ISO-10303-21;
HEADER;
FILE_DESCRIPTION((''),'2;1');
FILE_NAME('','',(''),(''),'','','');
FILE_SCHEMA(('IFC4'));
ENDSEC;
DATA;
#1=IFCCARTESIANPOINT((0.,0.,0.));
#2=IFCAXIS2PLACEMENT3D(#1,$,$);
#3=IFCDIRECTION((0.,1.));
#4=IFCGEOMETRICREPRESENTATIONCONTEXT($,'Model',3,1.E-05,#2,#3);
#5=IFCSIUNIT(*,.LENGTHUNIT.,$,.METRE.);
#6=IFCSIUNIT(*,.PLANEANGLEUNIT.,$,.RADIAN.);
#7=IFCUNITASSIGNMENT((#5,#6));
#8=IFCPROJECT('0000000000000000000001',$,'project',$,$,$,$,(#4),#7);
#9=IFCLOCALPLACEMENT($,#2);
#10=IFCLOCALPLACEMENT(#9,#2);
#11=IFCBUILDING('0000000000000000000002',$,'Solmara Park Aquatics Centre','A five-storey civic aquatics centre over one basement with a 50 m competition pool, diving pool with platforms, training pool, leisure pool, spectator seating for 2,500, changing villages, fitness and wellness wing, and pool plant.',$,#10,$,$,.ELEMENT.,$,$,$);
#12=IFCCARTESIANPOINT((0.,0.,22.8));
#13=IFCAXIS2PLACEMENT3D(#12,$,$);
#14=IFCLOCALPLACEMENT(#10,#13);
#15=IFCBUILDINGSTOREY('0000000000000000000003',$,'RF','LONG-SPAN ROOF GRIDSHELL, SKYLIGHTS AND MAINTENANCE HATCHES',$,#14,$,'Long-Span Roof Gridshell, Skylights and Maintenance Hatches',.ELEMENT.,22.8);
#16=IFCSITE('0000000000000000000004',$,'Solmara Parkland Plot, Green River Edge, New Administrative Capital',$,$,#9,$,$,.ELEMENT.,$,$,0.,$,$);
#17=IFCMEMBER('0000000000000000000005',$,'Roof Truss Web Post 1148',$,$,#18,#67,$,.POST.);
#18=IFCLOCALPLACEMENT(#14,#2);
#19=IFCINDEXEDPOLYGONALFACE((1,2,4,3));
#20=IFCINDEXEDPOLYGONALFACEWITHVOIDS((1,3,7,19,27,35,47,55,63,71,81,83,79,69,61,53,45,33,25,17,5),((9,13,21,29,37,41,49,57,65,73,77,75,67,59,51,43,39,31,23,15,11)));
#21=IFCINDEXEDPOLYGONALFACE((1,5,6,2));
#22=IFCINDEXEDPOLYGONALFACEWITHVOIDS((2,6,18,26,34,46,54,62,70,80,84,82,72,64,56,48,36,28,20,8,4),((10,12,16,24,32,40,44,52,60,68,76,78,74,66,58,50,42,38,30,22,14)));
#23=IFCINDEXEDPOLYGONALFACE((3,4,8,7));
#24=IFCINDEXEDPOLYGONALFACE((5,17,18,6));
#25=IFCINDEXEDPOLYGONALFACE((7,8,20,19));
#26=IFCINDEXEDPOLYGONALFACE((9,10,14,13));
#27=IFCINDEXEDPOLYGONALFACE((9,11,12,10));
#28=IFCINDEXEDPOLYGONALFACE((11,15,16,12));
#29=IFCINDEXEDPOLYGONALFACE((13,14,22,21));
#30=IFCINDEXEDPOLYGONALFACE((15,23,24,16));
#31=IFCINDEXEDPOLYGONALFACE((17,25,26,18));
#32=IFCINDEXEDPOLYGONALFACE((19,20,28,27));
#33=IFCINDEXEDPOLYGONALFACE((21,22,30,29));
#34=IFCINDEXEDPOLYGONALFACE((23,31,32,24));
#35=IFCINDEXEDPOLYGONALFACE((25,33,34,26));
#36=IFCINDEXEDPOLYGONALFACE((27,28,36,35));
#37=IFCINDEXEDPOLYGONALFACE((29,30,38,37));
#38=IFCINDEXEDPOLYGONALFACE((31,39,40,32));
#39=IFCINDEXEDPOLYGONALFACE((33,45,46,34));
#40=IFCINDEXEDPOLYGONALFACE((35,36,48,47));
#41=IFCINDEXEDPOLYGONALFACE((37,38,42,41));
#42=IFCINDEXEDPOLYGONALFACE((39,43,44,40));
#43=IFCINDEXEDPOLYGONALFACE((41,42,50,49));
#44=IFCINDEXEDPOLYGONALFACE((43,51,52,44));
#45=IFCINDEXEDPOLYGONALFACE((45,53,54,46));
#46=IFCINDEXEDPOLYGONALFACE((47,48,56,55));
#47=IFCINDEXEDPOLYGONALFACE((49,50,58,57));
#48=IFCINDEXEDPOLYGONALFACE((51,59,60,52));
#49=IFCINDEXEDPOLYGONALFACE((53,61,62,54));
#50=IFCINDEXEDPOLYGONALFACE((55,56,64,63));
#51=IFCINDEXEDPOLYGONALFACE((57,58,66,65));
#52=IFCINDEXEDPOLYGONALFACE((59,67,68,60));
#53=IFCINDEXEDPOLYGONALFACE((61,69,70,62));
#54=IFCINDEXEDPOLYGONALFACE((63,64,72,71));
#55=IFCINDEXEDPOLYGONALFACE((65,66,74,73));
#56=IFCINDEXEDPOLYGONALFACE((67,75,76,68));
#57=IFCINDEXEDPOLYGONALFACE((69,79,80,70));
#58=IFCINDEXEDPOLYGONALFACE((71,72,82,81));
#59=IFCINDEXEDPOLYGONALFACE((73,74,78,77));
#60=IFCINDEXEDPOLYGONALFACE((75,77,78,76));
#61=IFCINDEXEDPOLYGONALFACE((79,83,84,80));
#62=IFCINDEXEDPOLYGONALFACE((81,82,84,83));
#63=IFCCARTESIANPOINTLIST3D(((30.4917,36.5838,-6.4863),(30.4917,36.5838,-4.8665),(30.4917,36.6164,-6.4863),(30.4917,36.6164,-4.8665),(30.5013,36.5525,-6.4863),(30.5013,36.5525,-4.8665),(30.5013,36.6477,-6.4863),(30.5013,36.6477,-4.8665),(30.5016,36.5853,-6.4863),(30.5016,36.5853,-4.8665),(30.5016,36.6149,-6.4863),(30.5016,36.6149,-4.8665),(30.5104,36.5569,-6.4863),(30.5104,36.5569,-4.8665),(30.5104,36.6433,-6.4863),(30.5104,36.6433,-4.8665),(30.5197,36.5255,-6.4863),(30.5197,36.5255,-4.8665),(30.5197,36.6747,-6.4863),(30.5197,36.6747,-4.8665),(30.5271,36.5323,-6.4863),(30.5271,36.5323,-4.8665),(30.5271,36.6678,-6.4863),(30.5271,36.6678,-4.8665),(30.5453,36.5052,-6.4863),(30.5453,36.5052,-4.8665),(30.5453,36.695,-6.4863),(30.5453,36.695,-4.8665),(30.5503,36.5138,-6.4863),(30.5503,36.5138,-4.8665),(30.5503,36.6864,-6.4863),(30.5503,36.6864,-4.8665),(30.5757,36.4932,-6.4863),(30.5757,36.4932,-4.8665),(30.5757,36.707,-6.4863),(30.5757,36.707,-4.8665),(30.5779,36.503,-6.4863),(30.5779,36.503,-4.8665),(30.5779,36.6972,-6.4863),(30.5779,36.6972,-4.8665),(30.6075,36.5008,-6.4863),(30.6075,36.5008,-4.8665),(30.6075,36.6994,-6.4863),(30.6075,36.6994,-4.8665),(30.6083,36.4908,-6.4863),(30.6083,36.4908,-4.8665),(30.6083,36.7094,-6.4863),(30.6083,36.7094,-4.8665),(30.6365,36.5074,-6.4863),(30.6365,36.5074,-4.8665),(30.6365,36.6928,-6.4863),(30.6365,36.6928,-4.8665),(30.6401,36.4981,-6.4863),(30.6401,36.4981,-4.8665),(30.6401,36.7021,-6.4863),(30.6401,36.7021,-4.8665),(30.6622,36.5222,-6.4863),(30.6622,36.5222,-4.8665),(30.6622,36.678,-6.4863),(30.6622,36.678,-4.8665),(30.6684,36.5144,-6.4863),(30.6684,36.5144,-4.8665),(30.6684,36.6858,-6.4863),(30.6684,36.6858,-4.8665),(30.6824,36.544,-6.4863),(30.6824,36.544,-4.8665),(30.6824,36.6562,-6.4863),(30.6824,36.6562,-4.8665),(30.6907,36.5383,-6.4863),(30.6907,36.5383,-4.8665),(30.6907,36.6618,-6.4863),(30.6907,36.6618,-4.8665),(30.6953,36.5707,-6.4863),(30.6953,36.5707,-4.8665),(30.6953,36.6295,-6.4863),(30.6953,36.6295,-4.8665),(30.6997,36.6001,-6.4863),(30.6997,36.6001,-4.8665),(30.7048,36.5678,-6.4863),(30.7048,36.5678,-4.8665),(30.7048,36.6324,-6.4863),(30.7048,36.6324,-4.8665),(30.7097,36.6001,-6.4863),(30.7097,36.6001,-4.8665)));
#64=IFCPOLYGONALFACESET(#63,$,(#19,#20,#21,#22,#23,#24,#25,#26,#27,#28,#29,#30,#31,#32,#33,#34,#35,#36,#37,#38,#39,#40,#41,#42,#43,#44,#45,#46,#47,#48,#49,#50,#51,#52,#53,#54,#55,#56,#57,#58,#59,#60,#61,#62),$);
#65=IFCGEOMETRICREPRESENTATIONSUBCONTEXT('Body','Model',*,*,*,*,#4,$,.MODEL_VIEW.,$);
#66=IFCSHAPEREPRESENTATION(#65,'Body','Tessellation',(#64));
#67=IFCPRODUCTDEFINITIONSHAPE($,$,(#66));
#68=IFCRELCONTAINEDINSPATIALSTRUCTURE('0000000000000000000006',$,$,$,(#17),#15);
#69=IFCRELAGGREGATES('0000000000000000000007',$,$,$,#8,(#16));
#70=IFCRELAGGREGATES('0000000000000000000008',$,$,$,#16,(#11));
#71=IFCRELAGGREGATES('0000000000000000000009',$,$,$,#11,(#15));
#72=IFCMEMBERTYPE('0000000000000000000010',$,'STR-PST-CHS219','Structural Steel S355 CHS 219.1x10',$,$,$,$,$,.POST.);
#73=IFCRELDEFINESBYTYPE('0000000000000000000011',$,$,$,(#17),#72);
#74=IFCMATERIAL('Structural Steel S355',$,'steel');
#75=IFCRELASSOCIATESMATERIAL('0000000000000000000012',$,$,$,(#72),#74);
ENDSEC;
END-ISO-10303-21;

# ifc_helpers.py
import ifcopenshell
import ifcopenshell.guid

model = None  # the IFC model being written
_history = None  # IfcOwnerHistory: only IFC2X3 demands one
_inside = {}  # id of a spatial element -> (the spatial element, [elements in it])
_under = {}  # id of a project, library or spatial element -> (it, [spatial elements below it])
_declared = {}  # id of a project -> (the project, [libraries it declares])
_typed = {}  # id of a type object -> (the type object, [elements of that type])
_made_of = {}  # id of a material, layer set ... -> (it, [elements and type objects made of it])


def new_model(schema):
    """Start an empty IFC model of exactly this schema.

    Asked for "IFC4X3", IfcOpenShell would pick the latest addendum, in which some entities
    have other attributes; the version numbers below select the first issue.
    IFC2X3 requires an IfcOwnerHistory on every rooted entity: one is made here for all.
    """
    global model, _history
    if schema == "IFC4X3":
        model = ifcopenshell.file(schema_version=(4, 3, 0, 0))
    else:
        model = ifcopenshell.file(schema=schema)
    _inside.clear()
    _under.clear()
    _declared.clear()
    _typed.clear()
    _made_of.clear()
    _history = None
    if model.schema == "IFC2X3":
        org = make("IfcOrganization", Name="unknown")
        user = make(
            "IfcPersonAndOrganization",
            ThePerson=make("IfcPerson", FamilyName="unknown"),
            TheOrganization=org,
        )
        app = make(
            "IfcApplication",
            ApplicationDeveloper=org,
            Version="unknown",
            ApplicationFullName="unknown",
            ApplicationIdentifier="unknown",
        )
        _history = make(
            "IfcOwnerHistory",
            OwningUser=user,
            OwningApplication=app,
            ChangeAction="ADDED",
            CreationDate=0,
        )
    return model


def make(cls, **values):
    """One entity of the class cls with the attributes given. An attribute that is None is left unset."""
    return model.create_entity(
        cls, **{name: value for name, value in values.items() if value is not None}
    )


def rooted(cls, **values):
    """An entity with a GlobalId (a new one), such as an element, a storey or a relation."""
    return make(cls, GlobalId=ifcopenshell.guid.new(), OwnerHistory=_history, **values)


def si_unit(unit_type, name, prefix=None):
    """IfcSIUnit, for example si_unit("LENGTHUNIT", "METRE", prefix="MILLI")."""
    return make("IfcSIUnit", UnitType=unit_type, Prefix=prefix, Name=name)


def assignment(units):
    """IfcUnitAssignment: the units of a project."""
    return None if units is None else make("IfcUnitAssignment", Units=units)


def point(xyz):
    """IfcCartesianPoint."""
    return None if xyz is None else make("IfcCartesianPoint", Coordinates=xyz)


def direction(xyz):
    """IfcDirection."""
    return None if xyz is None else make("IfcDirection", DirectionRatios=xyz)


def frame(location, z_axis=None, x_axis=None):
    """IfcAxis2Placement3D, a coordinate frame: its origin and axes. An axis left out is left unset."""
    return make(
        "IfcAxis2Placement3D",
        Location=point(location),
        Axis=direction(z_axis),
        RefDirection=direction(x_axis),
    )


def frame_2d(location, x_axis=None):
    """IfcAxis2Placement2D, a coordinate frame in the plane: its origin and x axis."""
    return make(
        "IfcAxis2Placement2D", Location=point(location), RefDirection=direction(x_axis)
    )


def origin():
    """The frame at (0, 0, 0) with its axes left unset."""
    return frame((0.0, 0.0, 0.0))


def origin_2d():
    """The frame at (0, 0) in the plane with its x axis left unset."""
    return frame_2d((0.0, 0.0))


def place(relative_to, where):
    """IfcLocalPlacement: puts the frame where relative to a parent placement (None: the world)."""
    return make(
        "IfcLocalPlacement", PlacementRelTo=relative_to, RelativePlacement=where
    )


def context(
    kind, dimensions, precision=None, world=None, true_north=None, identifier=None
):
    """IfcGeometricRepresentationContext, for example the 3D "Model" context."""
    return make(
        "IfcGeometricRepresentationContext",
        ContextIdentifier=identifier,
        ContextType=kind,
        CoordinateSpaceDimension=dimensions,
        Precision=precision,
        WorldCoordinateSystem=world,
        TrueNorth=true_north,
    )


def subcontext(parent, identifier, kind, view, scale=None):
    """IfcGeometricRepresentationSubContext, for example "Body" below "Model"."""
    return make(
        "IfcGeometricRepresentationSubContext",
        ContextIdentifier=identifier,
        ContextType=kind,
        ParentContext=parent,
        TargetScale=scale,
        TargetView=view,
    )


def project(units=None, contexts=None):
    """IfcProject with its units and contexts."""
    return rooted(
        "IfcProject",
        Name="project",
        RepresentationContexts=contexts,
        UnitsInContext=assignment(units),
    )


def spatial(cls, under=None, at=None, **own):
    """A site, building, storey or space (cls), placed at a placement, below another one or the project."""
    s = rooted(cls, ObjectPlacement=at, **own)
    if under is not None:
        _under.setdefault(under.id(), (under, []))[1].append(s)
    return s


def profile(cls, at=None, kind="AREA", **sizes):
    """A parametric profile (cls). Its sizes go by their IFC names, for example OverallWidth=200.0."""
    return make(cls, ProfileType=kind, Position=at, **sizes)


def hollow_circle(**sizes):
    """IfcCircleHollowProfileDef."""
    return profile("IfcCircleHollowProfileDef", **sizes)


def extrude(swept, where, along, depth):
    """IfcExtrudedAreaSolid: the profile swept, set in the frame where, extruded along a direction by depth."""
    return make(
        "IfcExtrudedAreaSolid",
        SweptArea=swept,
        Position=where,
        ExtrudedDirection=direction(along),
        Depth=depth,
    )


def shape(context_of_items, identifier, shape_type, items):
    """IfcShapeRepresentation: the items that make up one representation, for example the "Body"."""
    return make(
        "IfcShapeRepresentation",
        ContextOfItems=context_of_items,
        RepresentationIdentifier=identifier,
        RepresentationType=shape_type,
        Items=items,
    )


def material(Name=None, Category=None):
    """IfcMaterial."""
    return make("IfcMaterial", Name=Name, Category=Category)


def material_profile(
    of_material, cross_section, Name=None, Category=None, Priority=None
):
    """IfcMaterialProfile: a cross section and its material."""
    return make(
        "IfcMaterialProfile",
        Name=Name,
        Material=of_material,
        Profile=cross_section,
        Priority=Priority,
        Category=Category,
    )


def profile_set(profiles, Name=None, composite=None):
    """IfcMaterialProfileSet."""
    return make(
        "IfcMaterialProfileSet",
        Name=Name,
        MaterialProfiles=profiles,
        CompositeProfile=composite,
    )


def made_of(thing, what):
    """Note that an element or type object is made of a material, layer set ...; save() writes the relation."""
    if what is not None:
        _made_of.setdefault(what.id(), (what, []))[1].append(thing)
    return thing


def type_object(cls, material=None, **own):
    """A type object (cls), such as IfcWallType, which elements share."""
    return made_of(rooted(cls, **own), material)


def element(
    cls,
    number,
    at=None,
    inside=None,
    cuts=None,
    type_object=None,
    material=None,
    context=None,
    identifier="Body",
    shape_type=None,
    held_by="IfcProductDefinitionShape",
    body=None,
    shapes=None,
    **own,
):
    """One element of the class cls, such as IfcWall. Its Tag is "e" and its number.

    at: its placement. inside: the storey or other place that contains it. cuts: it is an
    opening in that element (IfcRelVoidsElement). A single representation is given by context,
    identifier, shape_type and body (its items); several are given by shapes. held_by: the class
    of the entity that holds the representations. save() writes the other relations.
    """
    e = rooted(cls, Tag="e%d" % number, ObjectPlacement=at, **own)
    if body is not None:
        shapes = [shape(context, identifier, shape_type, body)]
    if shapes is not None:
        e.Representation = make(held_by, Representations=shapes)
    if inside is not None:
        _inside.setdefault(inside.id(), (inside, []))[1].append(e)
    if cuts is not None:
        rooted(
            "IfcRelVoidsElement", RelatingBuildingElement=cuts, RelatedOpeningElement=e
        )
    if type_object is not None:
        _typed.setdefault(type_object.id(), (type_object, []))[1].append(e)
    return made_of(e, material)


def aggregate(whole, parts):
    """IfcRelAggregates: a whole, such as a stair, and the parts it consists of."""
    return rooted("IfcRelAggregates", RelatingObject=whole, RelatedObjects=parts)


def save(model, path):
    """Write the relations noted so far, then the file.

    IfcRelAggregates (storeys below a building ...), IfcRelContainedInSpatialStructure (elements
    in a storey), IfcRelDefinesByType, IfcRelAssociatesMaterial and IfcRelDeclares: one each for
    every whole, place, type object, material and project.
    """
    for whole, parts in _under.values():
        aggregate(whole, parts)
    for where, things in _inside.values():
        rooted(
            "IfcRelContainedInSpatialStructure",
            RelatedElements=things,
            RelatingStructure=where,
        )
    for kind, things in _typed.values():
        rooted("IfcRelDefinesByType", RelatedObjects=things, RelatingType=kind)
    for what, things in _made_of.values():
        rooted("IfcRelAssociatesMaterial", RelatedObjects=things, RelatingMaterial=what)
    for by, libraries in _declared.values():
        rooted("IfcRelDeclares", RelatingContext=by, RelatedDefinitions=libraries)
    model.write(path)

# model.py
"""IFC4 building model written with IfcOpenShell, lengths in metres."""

from ifc_helpers import new_model, si_unit, direction, frame, origin, origin_2d, place, context, subcontext, project, spatial, hollow_circle, extrude, material, material_profile, profile_set, type_object, element, save


model = new_model("IFC4")

# Units and contexts
model_context = context("Model", 3, precision=1e-05, world=origin(), true_north=direction((0.0, 1.0)))
body_context = subcontext(model_context, "Body", "Model", "MODEL_VIEW")
ifc_project = project(units=[si_unit("LENGTHUNIT", "METRE"), si_unit("PLANEANGLEUNIT", "RADIAN")], contexts=[model_context])

# Site, building, storey
site_placement = place(None, origin())
site = spatial("IfcSite", under=ifc_project, at=site_placement, Name="Solmara Parkland Plot, Green River Edge, New Administrative Capital", CompositionType="ELEMENT", RefElevation=0.0)
building_placement = place(site_placement, origin())
building = spatial("IfcBuilding", under=site, at=building_placement, Name="Solmara Park Aquatics Centre", Description="A five-storey civic aquatics centre over one basement with a 50 m competition pool, diving pool with platforms, training pool, leisure pool, spectator seating for 2,500, changing villages, fitness and wellness wing, and pool plant.", CompositionType="ELEMENT")
storey_placement = place(building_placement, frame((0.0, 0.0, 22.8)))
storey = spatial("IfcBuildingStorey", under=building, at=storey_placement, Name="RF", Description="LONG-SPAN ROOF GRIDSHELL, SKYLIGHTS AND MAINTENANCE HATCHES", LongName="Long-Span Roof Gridshell, Skylights and Maintenance Hatches", CompositionType="ELEMENT", Elevation=22.8)

# Member
ifc_material_1 = material(Name="Structural Steel S355", Category="steel")
ifc_material_profile_1 = material_profile(ifc_material_1, hollow_circle(Radius=0.1096, WallThickness=0.01, at=origin_2d()), Name="CHS 219.1x10")
ifc_profile_set_1 = profile_set([ifc_material_profile_1], Name="Structural Steel S355")
member_type_1 = type_object("IfcMemberType", Name="STR-PST-CHS219", Description="Structural Steel S355 CHS 219.1x10", PredefinedType="POST", material=ifc_profile_set_1)
for number, where, z_axis, x_axis, name in (
    (1, (30.6001, 36.6001, -6.4863), (0.0, 0.0, 1.0), (1.0, 0.0, 0.0), "Roof Truss Web Post 1148"),
):
    element("IfcMember", number, at=place(storey_placement, frame(where, z_axis=z_axis, x_axis=x_axis)), inside=storey, type_object=member_type_1, Name=name, PredefinedType="POST", context=body_context, shape_type="SweptSolid", body=[
        extrude(hollow_circle(Radius=0.1096, WallThickness=0.01, at=origin_2d()), origin(), (0.0, 0.0, 1.0), 1.6199),
    ])

save(model, "model.ifc")
